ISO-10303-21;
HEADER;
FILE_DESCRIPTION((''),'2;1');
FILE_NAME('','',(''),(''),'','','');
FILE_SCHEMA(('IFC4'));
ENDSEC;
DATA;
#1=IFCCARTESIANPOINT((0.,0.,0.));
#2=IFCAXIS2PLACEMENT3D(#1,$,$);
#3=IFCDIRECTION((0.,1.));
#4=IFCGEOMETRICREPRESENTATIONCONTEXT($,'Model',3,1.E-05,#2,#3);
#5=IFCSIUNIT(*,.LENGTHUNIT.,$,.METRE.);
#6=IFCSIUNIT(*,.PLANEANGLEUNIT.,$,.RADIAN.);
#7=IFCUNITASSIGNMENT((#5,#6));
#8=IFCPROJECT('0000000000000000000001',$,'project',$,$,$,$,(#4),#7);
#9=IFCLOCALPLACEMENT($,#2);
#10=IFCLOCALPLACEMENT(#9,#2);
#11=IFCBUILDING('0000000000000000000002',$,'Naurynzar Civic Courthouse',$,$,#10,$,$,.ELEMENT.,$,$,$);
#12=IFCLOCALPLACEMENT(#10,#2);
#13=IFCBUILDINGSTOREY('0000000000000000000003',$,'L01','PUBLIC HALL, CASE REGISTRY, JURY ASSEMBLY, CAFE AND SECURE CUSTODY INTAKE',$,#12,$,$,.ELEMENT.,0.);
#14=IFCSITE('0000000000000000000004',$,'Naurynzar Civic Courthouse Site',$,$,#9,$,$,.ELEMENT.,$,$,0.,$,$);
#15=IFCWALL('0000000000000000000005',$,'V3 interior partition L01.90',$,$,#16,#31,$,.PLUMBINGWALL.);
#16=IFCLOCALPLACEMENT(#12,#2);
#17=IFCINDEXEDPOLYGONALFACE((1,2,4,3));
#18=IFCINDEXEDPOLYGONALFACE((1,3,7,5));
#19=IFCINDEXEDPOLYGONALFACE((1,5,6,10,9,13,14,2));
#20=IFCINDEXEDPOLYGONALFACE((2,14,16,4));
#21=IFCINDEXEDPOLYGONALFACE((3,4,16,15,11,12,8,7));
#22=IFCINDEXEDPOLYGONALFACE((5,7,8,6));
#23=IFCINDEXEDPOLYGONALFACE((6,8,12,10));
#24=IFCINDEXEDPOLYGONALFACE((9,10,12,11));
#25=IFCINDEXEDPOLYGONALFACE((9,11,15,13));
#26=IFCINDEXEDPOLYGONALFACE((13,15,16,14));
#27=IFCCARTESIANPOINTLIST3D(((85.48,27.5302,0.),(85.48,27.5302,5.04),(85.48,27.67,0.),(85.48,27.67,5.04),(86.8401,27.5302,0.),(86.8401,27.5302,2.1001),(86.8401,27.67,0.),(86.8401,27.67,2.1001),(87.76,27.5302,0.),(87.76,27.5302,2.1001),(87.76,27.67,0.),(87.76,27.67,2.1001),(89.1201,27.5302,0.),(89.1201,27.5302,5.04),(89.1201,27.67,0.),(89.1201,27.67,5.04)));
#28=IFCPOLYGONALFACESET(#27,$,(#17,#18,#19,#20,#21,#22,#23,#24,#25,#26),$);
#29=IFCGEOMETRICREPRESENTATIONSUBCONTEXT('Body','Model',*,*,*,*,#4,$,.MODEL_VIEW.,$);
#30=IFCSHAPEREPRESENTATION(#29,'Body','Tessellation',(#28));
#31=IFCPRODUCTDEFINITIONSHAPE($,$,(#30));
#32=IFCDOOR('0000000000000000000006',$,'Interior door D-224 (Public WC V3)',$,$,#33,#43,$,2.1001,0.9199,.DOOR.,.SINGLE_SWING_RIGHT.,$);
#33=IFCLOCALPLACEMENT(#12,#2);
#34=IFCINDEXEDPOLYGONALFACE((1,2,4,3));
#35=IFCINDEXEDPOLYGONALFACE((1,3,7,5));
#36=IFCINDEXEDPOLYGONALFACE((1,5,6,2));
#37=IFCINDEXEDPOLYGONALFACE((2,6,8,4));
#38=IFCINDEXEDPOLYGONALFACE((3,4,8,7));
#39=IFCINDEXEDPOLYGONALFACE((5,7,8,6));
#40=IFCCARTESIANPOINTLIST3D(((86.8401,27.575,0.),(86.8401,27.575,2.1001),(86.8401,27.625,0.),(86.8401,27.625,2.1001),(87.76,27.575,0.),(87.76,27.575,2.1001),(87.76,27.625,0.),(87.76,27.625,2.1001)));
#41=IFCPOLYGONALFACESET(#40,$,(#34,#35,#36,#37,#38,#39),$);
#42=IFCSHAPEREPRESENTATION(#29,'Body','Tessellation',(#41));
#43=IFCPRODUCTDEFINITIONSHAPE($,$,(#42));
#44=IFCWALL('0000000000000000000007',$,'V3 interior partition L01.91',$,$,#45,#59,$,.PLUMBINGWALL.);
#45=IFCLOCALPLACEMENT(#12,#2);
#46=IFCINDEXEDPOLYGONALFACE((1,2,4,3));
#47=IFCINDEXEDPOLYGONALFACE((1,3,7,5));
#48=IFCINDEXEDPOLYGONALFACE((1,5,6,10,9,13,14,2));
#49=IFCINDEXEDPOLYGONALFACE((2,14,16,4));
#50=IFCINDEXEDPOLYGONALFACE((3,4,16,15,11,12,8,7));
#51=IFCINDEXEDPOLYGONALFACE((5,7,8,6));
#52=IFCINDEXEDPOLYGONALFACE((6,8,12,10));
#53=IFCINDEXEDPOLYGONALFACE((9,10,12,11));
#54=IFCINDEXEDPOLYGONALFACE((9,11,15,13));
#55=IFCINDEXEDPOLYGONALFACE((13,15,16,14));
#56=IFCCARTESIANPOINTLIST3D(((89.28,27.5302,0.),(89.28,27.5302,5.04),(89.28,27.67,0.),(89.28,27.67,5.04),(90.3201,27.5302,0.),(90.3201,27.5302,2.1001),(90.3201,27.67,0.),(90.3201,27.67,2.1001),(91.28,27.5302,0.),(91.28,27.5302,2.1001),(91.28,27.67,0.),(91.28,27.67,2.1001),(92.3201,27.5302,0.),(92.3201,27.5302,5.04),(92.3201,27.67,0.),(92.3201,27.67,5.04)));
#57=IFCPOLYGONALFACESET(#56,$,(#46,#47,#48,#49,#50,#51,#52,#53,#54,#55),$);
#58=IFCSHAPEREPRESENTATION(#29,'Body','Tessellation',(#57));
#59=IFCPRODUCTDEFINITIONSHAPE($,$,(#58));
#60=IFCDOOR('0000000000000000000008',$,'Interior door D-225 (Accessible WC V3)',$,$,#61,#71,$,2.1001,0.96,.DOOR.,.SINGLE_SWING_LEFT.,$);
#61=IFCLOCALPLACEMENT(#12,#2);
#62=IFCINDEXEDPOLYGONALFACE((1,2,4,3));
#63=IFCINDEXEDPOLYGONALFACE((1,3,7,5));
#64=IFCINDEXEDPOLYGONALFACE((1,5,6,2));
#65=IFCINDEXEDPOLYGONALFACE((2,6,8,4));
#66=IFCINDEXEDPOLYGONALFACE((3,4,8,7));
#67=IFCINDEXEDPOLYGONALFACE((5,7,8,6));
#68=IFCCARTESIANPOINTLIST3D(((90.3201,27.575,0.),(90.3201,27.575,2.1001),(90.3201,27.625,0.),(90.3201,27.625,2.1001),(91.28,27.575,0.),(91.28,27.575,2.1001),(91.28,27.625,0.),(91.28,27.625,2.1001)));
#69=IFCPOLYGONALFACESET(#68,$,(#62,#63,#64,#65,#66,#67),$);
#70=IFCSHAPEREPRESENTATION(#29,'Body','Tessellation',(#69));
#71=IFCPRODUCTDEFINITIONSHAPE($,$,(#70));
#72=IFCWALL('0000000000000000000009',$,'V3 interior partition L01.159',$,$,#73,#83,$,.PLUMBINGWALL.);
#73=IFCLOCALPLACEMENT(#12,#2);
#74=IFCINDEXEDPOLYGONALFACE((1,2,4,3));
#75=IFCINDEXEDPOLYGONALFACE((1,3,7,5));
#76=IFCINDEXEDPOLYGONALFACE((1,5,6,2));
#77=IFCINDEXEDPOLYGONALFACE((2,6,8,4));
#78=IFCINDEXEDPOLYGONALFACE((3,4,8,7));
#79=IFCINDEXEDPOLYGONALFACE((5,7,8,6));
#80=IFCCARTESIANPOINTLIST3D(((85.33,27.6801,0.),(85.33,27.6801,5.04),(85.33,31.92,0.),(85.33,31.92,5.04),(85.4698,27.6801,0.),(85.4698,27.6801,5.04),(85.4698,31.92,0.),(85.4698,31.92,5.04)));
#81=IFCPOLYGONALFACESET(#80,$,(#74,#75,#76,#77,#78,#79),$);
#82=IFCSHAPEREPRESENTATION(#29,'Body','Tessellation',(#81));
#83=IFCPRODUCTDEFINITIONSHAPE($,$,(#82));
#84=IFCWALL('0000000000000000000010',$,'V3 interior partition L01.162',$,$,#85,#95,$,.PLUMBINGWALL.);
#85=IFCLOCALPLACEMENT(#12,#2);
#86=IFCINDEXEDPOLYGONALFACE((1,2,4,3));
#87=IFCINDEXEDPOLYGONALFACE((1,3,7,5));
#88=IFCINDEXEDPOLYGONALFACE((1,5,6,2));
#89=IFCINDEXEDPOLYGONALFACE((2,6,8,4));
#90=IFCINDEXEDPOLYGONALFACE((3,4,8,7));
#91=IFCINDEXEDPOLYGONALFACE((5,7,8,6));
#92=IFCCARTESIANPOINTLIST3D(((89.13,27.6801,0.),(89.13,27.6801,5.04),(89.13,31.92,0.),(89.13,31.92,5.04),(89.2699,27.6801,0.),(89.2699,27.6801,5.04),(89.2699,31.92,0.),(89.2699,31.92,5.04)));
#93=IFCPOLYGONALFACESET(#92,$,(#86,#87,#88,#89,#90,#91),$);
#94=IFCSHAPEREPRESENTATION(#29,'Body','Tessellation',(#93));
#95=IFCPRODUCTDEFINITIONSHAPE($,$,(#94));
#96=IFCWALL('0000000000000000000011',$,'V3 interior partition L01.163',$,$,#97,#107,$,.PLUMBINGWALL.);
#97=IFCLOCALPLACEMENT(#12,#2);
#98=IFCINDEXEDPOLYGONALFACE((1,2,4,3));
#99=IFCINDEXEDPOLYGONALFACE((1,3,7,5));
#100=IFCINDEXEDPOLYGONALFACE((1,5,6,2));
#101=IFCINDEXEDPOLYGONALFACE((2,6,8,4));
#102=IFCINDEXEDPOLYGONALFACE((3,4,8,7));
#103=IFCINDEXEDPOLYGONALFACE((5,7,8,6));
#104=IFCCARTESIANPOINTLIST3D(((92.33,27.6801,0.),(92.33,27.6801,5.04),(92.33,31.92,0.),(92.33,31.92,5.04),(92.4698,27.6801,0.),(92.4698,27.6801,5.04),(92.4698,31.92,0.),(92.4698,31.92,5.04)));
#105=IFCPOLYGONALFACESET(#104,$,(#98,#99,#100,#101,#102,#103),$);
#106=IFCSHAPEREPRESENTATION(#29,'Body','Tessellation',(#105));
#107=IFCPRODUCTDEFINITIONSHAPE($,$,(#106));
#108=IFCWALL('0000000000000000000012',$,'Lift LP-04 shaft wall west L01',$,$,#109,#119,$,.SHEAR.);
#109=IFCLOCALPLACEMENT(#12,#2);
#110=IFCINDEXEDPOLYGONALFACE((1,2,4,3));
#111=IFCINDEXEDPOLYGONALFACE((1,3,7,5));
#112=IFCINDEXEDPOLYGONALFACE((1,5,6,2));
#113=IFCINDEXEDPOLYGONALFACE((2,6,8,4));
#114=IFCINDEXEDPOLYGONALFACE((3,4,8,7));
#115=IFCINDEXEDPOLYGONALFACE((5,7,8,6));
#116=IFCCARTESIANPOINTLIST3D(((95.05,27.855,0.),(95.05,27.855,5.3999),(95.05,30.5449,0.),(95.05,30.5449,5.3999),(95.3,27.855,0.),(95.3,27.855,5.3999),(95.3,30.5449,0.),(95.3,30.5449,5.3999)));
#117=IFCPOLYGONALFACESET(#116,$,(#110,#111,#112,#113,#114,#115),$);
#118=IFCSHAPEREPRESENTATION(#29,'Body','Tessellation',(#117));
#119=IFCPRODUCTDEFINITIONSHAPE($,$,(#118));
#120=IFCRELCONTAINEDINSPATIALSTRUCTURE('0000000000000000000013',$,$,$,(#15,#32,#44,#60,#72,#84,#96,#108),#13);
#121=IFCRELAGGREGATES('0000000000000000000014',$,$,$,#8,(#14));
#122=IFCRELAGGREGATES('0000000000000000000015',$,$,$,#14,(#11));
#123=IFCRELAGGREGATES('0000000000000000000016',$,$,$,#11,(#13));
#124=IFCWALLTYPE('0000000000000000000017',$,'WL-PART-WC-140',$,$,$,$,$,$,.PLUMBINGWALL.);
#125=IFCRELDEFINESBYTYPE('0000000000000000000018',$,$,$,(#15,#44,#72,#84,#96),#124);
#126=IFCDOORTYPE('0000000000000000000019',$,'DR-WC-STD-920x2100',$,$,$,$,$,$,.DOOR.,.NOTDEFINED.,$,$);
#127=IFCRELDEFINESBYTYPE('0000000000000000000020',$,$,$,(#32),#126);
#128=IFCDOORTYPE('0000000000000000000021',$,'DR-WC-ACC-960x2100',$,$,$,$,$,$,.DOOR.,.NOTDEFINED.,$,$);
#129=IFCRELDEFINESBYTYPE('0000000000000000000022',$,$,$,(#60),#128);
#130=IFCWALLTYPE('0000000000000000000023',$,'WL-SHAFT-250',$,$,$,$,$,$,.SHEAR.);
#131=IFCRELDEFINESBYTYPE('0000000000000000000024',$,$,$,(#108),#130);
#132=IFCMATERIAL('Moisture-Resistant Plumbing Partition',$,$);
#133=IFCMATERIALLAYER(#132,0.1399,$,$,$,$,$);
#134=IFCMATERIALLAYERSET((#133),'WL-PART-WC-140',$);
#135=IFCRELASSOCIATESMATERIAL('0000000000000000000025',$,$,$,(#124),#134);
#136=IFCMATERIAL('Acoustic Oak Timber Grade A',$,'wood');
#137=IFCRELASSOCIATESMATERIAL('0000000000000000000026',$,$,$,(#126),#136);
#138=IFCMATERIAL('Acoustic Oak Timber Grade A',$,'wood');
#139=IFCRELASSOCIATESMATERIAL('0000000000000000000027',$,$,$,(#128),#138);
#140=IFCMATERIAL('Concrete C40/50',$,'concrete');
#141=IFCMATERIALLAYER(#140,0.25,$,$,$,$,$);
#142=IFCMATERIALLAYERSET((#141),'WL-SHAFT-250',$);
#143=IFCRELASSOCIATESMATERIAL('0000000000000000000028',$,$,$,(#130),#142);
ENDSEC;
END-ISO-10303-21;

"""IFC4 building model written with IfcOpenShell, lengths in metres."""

from ifc_helpers import new_model, si_unit, direction, frame, frame_2d, origin, place, context, subcontext, project, spatial, rectangle, extrude, material, layer, layer_set, type_object, element, fill, save


model = new_model("IFC4")

# Units and contexts
model_context = context("Model", 3, precision=1e-05, world=origin(), true_north=direction((0.0, 1.0)))
body_context = subcontext(model_context, "Body", "Model", "MODEL_VIEW")
ifc_project = project(units=[si_unit("LENGTHUNIT", "METRE"), si_unit("PLANEANGLEUNIT", "RADIAN")], contexts=[model_context])

# Site, building, storey
site_placement = place(None, origin())
site = spatial("IfcSite", under=ifc_project, at=site_placement, Name="Naurynzar Civic Courthouse Site", CompositionType="ELEMENT", RefElevation=0.0)
building_placement = place(site_placement, origin())
building = spatial("IfcBuilding", under=site, at=building_placement, Name="Naurynzar Civic Courthouse", CompositionType="ELEMENT")
storey_placement = place(building_placement, origin())
storey = spatial("IfcBuildingStorey", under=building, at=storey_placement, Name="L01", Description="PUBLIC HALL, CASE REGISTRY, JURY ASSEMBLY, CAFE AND SECURE CUSTODY INTAKE", CompositionType="ELEMENT", Elevation=0.0)

# Walls, openings, doors
ifc_material_1 = material(Name="Moisture-Resistant Plumbing Partition")
ifc_layer_1 = layer(ifc_material_1, 0.1399)
ifc_layer_set_1 = layer_set([ifc_layer_1], Name="WL-PART-WC-140")
wall_type_1 = type_object("IfcWallType", Name="WL-PART-WC-140", PredefinedType="PLUMBINGWALL", material=ifc_layer_set_1)
wall_1_placement = place(storey_placement, frame((85.48, 27.6001, 0.0), z_axis=(0.0, 0.0, 1.0), x_axis=(1.0, 0.0, 0.0)))
wall_1 = element("IfcWall", 1, at=wall_1_placement, inside=storey, type_object=wall_type_1, Name="V3 interior partition L01.90", PredefinedType="PLUMBINGWALL", context=body_context, shape_type="SweptSolid", body=[
    extrude(rectangle(XDim=3.6401, YDim=0.1399, at=frame_2d((1.8201, 0.0))), origin(), (0.0, 0.0, 1.0), 5.04),
])
opening_1_placement = place(wall_1_placement, frame((1.3601, 0.0, 0.0)))
opening_1 = element("IfcOpeningElement", 2, at=opening_1_placement, cuts=wall_1, PredefinedType="OPENING", context=body_context, shape_type="SweptSolid", body=[
    extrude(rectangle(XDim=0.9199, YDim=2.1001, at=frame_2d((0.46, 1.05))), frame((0.0, 0.0798, 0.0), z_axis=(0.0, -1.0, 0.0), x_axis=(1.0, 0.0, 0.0)), (0.0, 0.0, 1.0), 0.1599),
])
ifc_material_2 = material(Name="Acoustic Oak Timber Grade A", Category="wood")
door_type_1 = type_object("IfcDoorType", Name="DR-WC-STD-920x2100", OperationType="NOTDEFINED", PredefinedType="DOOR", material=ifc_material_2)
door_1_placement = place(opening_1_placement, origin())
door_1 = element("IfcDoor", 3, at=door_1_placement, inside=storey, type_object=door_type_1, Name="Interior door D-224 (Public WC V3)", OperationType="SINGLE_SWING_RIGHT", OverallHeight=2.1001, OverallWidth=0.9199, PredefinedType="DOOR", context=body_context, shape_type="SweptSolid", body=[
    extrude(rectangle(XDim=0.9199, YDim=2.1001, at=frame_2d((0.46, 1.05))), frame((0.0, 0.0249, 0.0), z_axis=(0.0, -1.0, 0.0), x_axis=(1.0, 0.0, 0.0)), (0.0, 0.0, 1.0), 0.05),
])
fill(opening_1, door_1)
wall_2_placement = place(storey_placement, frame((89.28, 27.6001, 0.0), z_axis=(0.0, 0.0, 1.0), x_axis=(1.0, 0.0, 0.0)))
wall_2 = element("IfcWall", 4, at=wall_2_placement, inside=storey, type_object=wall_type_1, Name="V3 interior partition L01.91", PredefinedType="PLUMBINGWALL", context=body_context, shape_type="SweptSolid", body=[
    extrude(rectangle(XDim=3.04, YDim=0.1399, at=frame_2d((1.52, 0.0))), origin(), (0.0, 0.0, 1.0), 5.04),
])
opening_2_placement = place(wall_2_placement, frame((1.04, 0.0, 0.0)))
opening_2 = element("IfcOpeningElement", 5, at=opening_2_placement, cuts=wall_2, PredefinedType="OPENING", context=body_context, shape_type="SweptSolid", body=[
    extrude(rectangle(XDim=0.96, YDim=2.1001, at=frame_2d((0.48, 1.05))), frame((0.0, 0.0798, 0.0), z_axis=(0.0, -1.0, 0.0), x_axis=(1.0, 0.0, 0.0)), (0.0, 0.0, 1.0), 0.1599),
])
ifc_material_3 = material(Name="Acoustic Oak Timber Grade A", Category="wood")
door_type_2 = type_object("IfcDoorType", Name="DR-WC-ACC-960x2100", OperationType="NOTDEFINED", PredefinedType="DOOR", material=ifc_material_3)
door_2_placement = place(opening_2_placement, origin())
door_2 = element("IfcDoor", 6, at=door_2_placement, inside=storey, type_object=door_type_2, Name="Interior door D-225 (Accessible WC V3)", OperationType="SINGLE_SWING_LEFT", OverallHeight=2.1001, OverallWidth=0.96, PredefinedType="DOOR", context=body_context, shape_type="SweptSolid", body=[
    extrude(rectangle(XDim=0.96, YDim=2.1001, at=frame_2d((0.48, 1.05))), frame((0.0, 0.0249, 0.0), z_axis=(0.0, -1.0, 0.0), x_axis=(1.0, 0.0, 0.0)), (0.0, 0.0, 1.0), 0.05),
])
fill(opening_2, door_2)

# Walls
for number, where, z_axis, x_axis, name in (
    (7, (85.3999, 27.6799, 0.0), (0.0, 0.0, 1.0), (0.0, 1.0, 0.0), "V3 interior partition L01.159"),
    (8, (89.2, 27.6799, 0.0), (0.0, 0.0, 1.0), (0.0, 1.0, 0.0), "V3 interior partition L01.162"),
    (9, (92.3999, 27.6799, 0.0), (0.0, 0.0, 1.0), (0.0, 1.0, 0.0), "V3 interior partition L01.163"),
):
    element("IfcWall", number, at=place(storey_placement, frame(where, z_axis=z_axis, x_axis=x_axis)), inside=storey, type_object=wall_type_1, Name=name, PredefinedType="PLUMBINGWALL", context=body_context, shape_type="SweptSolid", body=[
        extrude(rectangle(XDim=4.24, YDim=0.1399, at=frame_2d((2.1201, 0.0))), origin(), (0.0, 0.0, 1.0), 5.04),
    ])

# Shared definitions
ifc_material_4 = material(Name="Concrete C40/50", Category="concrete")
ifc_layer_2 = layer(ifc_material_4, 0.25)
ifc_layer_set_2 = layer_set([ifc_layer_2], Name="WL-SHAFT-250")
wall_type_2 = type_object("IfcWallType", Name="WL-SHAFT-250", PredefinedType="SHEAR", material=ifc_layer_set_2)

# Wall
wall_3_placement = place(storey_placement, frame((95.175, 30.5449, 0.0), z_axis=(0.0, 0.0, 1.0), x_axis=(0.0, -1.0, 0.0)))
element("IfcWall", 10, at=wall_3_placement, inside=storey, type_object=wall_type_2, Name="Lift LP-04 shaft wall west L01", PredefinedType="SHEAR", context=body_context, shape_type="SweptSolid", body=[
    extrude(rectangle(XDim=2.6899, YDim=0.25, at=frame_2d((1.345, 0.0))), origin(), (0.0, 0.0, 1.0), 5.3999),
])

save(model, "model.ifc")
